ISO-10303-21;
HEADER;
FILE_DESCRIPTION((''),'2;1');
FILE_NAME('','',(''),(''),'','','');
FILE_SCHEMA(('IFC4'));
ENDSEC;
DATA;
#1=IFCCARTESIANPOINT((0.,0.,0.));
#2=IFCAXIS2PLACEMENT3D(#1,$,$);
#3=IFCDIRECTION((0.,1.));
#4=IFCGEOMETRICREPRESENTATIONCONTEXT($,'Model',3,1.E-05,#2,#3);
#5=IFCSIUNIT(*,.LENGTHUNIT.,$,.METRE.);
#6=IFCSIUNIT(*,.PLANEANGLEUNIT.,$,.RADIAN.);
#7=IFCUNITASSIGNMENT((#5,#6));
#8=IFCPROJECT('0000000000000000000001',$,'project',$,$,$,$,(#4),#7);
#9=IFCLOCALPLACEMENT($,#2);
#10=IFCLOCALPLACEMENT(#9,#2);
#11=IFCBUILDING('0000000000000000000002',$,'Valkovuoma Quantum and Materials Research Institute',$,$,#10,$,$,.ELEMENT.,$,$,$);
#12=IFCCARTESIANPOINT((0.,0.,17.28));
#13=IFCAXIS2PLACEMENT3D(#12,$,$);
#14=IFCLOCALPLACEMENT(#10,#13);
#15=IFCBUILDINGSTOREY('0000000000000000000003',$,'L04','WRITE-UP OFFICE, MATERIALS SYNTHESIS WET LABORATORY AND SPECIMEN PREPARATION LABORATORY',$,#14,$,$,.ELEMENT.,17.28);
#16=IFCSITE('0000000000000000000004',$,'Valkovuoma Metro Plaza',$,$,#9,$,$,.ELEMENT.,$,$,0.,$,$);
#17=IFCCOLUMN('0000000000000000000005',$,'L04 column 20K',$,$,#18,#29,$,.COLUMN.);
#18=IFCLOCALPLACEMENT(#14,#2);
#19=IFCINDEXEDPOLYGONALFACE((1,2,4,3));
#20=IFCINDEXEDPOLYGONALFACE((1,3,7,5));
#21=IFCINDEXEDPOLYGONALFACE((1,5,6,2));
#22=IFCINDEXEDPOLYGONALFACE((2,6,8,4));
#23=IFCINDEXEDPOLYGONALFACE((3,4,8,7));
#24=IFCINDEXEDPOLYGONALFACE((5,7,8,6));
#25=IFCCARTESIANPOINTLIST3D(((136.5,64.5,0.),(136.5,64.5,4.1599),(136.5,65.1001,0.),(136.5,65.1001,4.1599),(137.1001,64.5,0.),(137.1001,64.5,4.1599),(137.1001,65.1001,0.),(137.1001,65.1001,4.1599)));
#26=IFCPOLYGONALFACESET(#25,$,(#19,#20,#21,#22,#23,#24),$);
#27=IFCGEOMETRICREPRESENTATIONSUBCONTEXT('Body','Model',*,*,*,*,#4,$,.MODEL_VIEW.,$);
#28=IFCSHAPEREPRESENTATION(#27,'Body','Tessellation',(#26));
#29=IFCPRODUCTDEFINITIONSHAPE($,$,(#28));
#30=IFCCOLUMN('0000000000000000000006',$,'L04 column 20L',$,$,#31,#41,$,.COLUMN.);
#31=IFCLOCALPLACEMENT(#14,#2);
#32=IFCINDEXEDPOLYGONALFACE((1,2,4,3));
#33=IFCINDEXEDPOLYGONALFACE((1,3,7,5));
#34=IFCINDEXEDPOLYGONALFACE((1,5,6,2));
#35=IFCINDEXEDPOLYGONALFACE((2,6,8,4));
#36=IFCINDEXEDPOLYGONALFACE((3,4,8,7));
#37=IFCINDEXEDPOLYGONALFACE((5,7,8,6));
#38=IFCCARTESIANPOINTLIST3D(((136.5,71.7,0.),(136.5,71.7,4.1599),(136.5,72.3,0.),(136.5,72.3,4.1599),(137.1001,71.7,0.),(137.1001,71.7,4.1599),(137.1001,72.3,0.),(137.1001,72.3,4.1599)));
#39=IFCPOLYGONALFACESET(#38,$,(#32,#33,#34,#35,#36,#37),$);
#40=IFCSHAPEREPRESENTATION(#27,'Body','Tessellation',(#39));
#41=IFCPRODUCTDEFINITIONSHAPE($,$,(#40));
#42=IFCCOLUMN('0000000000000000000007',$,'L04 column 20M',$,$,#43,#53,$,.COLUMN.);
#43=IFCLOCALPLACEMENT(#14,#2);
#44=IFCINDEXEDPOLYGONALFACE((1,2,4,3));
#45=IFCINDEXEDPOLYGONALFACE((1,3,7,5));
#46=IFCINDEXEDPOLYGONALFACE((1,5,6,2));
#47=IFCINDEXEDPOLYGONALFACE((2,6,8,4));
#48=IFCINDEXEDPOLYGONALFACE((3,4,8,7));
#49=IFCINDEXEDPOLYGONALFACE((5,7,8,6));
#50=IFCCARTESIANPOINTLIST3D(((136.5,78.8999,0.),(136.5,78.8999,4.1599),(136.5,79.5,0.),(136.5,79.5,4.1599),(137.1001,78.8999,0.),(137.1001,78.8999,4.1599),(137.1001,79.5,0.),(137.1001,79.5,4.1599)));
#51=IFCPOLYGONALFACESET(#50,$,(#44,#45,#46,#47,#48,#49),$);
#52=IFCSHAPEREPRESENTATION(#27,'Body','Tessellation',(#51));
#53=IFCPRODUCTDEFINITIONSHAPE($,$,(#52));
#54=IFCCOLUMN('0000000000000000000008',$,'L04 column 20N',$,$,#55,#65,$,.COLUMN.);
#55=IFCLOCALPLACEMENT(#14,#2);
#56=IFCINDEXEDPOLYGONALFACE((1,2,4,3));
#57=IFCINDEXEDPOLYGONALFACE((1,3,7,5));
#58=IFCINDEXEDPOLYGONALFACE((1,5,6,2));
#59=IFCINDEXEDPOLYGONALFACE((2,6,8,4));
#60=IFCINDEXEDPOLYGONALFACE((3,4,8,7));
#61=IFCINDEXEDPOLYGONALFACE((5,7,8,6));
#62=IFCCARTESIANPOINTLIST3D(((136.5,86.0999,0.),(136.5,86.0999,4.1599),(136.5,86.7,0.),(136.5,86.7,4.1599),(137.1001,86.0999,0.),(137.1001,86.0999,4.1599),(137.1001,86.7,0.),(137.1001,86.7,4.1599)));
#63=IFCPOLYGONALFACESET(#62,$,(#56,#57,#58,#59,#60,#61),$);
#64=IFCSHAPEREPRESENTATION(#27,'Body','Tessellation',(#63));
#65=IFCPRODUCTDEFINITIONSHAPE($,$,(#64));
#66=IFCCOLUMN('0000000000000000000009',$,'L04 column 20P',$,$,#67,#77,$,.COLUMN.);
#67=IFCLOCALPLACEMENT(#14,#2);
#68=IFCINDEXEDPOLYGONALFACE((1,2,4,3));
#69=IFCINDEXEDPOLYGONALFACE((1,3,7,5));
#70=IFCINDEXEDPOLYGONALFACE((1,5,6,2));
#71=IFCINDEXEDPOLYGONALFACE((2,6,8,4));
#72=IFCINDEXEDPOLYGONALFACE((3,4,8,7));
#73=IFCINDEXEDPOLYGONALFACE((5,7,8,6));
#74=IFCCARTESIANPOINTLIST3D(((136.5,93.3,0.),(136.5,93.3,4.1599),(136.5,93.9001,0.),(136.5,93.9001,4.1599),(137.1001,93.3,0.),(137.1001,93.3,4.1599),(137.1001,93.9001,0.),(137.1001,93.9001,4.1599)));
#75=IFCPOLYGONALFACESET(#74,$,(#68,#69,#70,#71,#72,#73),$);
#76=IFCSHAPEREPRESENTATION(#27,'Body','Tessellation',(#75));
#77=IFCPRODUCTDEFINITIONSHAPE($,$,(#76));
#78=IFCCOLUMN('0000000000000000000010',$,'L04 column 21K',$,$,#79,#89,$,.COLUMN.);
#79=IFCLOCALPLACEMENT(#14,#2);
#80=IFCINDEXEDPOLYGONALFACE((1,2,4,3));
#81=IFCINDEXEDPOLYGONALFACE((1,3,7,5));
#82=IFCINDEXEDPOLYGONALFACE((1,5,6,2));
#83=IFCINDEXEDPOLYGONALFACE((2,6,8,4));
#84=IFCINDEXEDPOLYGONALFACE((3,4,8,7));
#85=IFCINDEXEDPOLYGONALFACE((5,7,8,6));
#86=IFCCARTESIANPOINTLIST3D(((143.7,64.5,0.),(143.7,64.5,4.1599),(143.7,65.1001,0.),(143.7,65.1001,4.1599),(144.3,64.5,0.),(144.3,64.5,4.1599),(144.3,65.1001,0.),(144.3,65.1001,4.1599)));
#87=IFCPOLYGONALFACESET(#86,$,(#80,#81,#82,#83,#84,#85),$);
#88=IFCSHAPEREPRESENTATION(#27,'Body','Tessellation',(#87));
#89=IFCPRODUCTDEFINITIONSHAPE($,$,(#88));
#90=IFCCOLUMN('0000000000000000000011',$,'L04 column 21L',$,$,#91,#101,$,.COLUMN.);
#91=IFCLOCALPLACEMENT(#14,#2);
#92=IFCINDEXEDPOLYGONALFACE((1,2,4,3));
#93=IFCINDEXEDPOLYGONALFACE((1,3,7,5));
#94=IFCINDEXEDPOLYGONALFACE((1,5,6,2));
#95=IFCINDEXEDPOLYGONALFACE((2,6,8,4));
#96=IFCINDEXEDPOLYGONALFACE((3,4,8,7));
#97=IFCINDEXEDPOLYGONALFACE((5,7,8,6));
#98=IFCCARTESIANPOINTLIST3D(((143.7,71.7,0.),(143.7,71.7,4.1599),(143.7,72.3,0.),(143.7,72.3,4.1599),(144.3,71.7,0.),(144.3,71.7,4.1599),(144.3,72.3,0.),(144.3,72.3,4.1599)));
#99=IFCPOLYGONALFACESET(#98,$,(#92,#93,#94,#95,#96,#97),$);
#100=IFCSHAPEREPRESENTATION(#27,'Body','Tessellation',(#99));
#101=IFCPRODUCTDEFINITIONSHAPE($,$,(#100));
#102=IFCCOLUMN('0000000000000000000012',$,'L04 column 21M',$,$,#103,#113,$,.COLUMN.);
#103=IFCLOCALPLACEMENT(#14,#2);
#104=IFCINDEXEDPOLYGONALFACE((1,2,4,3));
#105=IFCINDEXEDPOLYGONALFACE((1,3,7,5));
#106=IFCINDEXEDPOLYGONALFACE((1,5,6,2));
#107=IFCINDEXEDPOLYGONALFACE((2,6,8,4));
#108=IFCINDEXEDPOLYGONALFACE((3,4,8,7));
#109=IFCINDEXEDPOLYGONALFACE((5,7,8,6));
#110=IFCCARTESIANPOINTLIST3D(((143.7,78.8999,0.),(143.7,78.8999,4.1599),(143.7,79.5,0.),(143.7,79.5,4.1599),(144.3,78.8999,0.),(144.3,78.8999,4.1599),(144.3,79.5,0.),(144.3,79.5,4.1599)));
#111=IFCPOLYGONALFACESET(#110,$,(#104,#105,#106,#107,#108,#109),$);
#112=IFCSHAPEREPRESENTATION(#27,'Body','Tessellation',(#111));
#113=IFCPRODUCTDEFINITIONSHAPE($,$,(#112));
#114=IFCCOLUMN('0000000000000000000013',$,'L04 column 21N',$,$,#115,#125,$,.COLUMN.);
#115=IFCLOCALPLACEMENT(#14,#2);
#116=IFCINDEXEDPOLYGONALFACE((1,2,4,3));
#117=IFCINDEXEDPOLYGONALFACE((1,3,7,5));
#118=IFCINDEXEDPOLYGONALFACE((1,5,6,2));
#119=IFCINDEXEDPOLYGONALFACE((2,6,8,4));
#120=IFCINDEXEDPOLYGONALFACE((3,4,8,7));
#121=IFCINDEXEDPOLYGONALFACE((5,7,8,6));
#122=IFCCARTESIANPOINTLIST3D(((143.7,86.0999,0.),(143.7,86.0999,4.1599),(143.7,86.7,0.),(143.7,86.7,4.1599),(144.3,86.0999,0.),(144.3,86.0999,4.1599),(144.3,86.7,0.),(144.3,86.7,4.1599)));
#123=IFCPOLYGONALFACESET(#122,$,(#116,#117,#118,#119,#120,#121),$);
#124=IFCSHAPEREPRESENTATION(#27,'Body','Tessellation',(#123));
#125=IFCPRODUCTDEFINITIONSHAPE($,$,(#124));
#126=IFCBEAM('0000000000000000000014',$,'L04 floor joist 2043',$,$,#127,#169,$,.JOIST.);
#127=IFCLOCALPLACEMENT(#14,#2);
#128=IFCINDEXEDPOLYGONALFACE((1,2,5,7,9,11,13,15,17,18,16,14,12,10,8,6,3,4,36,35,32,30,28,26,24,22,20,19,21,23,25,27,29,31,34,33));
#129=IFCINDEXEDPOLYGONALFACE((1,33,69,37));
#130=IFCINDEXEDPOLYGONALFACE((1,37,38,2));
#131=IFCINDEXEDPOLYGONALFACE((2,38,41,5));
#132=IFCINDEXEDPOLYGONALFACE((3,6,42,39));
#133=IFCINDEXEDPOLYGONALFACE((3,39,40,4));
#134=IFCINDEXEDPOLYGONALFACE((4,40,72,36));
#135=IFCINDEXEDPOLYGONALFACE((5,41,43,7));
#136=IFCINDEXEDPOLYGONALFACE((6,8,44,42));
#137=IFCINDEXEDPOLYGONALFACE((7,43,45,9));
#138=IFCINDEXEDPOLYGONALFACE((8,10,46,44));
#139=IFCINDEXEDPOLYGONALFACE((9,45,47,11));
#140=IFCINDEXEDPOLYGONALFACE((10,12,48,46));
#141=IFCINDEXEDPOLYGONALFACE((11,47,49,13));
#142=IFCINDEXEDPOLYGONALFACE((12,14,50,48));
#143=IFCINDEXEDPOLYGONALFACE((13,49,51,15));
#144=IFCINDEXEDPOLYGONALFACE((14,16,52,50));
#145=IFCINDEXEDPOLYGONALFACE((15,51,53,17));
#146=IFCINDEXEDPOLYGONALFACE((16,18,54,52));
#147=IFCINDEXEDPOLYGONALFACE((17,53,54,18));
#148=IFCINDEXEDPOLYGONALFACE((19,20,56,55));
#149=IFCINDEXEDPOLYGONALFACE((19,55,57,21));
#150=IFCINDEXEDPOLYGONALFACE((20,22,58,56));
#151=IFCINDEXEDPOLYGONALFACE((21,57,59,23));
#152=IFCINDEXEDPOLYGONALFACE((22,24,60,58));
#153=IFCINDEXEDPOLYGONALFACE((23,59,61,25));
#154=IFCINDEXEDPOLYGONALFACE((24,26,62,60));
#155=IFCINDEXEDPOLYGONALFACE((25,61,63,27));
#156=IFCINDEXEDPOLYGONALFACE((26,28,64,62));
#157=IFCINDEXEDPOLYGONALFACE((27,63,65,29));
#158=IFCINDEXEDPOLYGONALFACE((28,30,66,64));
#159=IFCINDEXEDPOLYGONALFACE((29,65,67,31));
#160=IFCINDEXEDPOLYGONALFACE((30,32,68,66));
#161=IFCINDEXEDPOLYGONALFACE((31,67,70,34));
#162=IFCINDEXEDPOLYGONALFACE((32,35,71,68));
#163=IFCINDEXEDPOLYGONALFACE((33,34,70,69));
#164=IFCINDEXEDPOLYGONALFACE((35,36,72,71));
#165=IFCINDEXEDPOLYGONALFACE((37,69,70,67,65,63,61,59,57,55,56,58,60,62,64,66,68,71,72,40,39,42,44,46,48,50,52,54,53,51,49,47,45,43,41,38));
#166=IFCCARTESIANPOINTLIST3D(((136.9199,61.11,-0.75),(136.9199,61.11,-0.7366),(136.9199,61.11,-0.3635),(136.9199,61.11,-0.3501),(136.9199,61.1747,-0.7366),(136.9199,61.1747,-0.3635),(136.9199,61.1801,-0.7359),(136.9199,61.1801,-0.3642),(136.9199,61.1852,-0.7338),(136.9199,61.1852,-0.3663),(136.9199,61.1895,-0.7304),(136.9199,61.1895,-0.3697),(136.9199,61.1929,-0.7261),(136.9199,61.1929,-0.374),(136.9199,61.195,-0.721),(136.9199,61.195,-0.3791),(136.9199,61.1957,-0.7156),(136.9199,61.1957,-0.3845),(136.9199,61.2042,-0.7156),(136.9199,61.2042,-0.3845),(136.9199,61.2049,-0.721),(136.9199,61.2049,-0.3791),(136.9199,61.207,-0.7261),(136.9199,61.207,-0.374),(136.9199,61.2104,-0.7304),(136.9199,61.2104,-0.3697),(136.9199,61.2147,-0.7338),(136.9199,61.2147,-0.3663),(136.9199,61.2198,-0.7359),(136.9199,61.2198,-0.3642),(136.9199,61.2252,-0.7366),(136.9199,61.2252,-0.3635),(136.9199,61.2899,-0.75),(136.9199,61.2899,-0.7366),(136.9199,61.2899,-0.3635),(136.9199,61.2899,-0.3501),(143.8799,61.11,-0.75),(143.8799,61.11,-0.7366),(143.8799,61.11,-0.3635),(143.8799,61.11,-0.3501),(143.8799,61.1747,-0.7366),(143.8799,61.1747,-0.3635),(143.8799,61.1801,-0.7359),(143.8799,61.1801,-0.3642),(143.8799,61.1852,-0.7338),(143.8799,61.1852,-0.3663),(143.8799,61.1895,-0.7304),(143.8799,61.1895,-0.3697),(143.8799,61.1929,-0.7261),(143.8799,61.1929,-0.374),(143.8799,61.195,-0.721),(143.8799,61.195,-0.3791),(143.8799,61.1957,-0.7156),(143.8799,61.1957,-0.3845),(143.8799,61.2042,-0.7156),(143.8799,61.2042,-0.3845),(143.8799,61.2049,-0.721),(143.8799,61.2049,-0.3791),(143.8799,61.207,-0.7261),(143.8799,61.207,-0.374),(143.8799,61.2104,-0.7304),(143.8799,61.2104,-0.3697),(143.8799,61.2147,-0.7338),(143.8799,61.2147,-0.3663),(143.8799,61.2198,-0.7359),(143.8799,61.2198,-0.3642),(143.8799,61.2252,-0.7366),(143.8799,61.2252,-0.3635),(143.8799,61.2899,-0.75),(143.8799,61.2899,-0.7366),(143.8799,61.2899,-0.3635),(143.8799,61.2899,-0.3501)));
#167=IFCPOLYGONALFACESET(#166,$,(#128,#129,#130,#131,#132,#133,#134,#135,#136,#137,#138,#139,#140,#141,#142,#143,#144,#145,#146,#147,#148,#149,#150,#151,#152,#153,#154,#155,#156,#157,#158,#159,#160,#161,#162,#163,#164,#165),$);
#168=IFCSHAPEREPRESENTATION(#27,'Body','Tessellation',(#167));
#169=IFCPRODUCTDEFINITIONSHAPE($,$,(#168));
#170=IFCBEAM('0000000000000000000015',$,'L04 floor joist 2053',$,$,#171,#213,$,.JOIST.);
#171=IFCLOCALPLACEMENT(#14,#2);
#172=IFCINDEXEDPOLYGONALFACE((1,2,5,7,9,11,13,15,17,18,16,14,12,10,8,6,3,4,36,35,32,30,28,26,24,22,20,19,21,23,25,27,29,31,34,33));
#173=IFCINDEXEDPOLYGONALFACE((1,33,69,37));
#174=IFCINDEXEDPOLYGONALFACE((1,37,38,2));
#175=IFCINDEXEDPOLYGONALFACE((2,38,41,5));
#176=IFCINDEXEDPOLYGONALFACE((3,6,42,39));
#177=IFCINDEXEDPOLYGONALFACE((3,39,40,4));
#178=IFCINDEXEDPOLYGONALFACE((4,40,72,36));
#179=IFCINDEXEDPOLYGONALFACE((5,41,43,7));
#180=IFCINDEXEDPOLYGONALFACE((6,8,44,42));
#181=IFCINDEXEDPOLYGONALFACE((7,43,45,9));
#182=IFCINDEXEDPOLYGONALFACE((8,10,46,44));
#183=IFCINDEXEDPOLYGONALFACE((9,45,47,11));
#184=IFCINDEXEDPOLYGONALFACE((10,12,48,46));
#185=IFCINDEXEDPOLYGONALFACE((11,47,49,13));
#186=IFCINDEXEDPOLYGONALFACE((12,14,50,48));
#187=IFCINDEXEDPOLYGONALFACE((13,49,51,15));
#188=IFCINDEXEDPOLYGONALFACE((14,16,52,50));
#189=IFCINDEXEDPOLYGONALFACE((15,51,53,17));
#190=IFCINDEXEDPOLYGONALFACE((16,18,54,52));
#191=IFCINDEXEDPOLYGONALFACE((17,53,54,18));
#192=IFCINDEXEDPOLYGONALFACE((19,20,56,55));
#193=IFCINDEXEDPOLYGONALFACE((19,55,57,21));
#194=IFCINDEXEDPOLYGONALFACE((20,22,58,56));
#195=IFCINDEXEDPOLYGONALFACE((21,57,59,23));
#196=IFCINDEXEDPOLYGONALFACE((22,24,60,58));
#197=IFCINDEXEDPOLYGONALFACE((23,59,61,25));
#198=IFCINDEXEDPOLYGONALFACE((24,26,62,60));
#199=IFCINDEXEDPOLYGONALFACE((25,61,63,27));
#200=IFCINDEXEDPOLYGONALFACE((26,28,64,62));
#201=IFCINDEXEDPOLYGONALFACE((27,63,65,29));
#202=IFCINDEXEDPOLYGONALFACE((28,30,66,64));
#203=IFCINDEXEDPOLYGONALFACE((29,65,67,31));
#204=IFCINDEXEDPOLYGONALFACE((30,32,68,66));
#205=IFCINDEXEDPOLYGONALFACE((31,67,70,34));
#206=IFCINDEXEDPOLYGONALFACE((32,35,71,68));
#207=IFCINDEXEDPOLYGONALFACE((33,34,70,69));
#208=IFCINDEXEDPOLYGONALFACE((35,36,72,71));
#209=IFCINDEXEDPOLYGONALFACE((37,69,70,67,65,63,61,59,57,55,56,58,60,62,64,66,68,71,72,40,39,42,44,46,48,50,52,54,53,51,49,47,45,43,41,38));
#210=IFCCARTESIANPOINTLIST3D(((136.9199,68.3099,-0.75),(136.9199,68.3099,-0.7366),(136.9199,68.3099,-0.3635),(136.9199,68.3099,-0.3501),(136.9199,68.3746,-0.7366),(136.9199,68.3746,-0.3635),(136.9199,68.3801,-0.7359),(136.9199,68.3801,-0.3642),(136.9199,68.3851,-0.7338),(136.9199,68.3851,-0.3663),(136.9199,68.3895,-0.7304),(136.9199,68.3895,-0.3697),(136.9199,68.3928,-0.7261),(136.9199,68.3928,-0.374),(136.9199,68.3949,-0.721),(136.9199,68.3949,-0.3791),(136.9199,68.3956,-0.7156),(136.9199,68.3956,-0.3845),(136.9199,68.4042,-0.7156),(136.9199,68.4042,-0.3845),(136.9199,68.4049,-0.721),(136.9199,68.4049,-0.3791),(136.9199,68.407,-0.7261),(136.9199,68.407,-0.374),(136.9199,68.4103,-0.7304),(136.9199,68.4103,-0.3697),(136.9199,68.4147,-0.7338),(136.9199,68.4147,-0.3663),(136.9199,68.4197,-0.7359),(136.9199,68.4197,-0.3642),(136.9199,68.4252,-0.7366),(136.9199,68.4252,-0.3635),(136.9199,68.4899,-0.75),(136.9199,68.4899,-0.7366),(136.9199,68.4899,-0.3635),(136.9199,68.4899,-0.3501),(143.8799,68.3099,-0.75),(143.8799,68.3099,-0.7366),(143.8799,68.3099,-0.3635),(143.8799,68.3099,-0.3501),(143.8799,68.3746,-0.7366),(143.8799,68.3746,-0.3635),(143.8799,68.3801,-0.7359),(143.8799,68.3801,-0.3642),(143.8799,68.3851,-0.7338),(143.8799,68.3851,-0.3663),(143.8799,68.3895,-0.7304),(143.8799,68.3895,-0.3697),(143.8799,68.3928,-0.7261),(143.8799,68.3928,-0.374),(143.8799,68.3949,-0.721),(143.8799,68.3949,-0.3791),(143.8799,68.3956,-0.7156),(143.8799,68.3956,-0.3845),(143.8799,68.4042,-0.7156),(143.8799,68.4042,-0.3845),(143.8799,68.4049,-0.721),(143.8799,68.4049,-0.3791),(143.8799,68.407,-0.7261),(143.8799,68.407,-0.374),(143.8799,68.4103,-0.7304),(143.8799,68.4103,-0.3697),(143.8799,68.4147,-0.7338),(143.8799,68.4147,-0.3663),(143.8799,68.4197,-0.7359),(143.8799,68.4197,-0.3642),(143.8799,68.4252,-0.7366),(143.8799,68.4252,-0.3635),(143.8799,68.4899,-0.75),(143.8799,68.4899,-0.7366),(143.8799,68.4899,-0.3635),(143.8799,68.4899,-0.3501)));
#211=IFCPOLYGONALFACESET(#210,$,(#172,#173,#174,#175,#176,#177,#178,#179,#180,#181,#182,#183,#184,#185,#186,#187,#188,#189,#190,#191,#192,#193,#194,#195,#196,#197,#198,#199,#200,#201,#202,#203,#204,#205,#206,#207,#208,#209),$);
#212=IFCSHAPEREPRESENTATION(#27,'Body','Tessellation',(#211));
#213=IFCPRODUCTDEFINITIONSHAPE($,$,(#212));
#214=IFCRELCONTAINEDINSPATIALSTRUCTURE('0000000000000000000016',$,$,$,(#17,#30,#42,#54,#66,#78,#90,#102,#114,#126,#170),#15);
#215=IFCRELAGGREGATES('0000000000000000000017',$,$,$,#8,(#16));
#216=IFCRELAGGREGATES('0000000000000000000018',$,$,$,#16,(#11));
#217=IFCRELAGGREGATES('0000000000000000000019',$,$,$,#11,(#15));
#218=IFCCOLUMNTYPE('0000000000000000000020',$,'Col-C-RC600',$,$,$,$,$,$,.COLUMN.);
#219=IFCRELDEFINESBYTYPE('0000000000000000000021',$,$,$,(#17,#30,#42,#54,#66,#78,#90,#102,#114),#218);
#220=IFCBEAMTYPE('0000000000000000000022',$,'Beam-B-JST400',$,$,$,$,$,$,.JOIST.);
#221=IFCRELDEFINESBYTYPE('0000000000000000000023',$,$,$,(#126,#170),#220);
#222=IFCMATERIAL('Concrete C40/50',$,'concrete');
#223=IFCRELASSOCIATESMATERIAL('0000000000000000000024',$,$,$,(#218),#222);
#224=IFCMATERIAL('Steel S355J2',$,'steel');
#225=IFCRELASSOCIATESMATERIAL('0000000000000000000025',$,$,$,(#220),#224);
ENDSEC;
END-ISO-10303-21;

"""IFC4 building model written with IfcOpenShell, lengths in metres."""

from ifc_helpers import new_model, si_unit, direction, frame, origin, origin_2d, place, context, subcontext, project, spatial, rectangle, i_section, extrude, material, material_profile, profile_set, type_object, element, save


model = new_model("IFC4")

# Units and contexts
model_context = context("Model", 3, precision=1e-05, world=origin(), true_north=direction((0.0, 1.0)))
body_context = subcontext(model_context, "Body", "Model", "MODEL_VIEW")
ifc_project = project(units=[si_unit("LENGTHUNIT", "METRE"), si_unit("PLANEANGLEUNIT", "RADIAN")], contexts=[model_context])

# Site, building, storey
site_placement = place(None, origin())
site = spatial("IfcSite", under=ifc_project, at=site_placement, Name="Valkovuoma Metro Plaza", CompositionType="ELEMENT", RefElevation=0.0)
building_placement = place(site_placement, origin())
building = spatial("IfcBuilding", under=site, at=building_placement, Name="Valkovuoma Quantum and Materials Research Institute", CompositionType="ELEMENT")
storey_placement = place(building_placement, frame((0.0, 0.0, 17.28)))
storey = spatial("IfcBuildingStorey", under=building, at=storey_placement, Name="L04", Description="WRITE-UP OFFICE, MATERIALS SYNTHESIS WET LABORATORY AND SPECIMEN PREPARATION LABORATORY", CompositionType="ELEMENT", Elevation=17.28)

# Columns
ifc_material_1 = material(Name="Concrete C40/50", Category="concrete")
ifc_material_profile_1 = material_profile(ifc_material_1, rectangle(XDim=0.6001, YDim=0.6001, at=origin_2d()), Name="Concrete C40/50")
ifc_profile_set_1 = profile_set([ifc_material_profile_1], Name="Concrete C40/50")
column_type = type_object("IfcColumnType", Name="Col-C-RC600", PredefinedType="COLUMN", material=ifc_profile_set_1)
for number, where, z_axis, x_axis, name in (
    (1, (136.8, 64.8, 0.0), (0.0, 0.0, 1.0), (1.0, 0.0, 0.0), "L04 column 20K"),
    (2, (136.8, 72.0, 0.0), (0.0, 0.0, 1.0), (1.0, 0.0, 0.0), "L04 column 20L"),
    (3, (136.8, 79.2, 0.0), (0.0, 0.0, 1.0), (1.0, 0.0, 0.0), "L04 column 20M"),
    (4, (136.8, 86.3999, 0.0), (0.0, 0.0, 1.0), (1.0, 0.0, 0.0), "L04 column 20N"),
    (5, (136.8, 93.6001, 0.0), (0.0, 0.0, 1.0), (1.0, 0.0, 0.0), "L04 column 20P"),
    (6, (144.0, 64.8, 0.0), (0.0, 0.0, 1.0), (1.0, 0.0, 0.0), "L04 column 21K"),
    (7, (144.0, 72.0, 0.0), (0.0, 0.0, 1.0), (1.0, 0.0, 0.0), "L04 column 21L"),
    (8, (144.0, 79.2, 0.0), (0.0, 0.0, 1.0), (1.0, 0.0, 0.0), "L04 column 21M"),
    (9, (144.0, 86.3999, 0.0), (0.0, 0.0, 1.0), (1.0, 0.0, 0.0), "L04 column 21N"),
):
    element("IfcColumn", number, at=place(storey_placement, frame(where, z_axis=z_axis, x_axis=x_axis)), inside=storey, type_object=column_type, Name=name, PredefinedType="COLUMN", context=body_context, shape_type="SweptSolid", body=[
        extrude(rectangle(XDim=0.6001, YDim=0.6001, at=origin_2d()), origin(), (0.0, 0.0, 1.0), 4.1599),
    ])

# Beams
ifc_material_2 = material(Name="Steel S355J2", Category="steel")
ifc_material_profile_2 = material_profile(ifc_material_2, i_section(OverallWidth=0.1799, OverallDepth=0.3999, WebThickness=0.0085, FlangeThickness=0.0134, FilletRadius=0.021, at=origin_2d()), Name="Steel S355J2")
ifc_profile_set_2 = profile_set([ifc_material_profile_2], Name="Steel S355J2")
beam_type_1 = type_object("IfcBeamType", Name="Beam-B-JST400", PredefinedType="JOIST", material=ifc_profile_set_2)
for number, where, z_axis, x_axis, name in (
    (10, (136.9199, 61.2, -0.55), (1.0, 0.0, 0.0), (0.0, 1.0, 0.0), "L04 floor joist 2043"),
    (11, (136.9199, 68.3999, -0.55), (1.0, 0.0, 0.0), (0.0, 1.0, 0.0), "L04 floor joist 2053"),
):
    element("IfcBeam", number, at=place(storey_placement, frame(where, z_axis=z_axis, x_axis=x_axis)), inside=storey, type_object=beam_type_1, Name=name, PredefinedType="JOIST", context=body_context, shape_type="SweptSolid", body=[
        extrude(i_section(OverallWidth=0.1799, OverallDepth=0.3999, WebThickness=0.0085, FlangeThickness=0.0134, FilletRadius=0.021, at=origin_2d()), origin(), (0.0, 0.0, 1.0), 6.96),
    ])

save(model, "model.ifc")
